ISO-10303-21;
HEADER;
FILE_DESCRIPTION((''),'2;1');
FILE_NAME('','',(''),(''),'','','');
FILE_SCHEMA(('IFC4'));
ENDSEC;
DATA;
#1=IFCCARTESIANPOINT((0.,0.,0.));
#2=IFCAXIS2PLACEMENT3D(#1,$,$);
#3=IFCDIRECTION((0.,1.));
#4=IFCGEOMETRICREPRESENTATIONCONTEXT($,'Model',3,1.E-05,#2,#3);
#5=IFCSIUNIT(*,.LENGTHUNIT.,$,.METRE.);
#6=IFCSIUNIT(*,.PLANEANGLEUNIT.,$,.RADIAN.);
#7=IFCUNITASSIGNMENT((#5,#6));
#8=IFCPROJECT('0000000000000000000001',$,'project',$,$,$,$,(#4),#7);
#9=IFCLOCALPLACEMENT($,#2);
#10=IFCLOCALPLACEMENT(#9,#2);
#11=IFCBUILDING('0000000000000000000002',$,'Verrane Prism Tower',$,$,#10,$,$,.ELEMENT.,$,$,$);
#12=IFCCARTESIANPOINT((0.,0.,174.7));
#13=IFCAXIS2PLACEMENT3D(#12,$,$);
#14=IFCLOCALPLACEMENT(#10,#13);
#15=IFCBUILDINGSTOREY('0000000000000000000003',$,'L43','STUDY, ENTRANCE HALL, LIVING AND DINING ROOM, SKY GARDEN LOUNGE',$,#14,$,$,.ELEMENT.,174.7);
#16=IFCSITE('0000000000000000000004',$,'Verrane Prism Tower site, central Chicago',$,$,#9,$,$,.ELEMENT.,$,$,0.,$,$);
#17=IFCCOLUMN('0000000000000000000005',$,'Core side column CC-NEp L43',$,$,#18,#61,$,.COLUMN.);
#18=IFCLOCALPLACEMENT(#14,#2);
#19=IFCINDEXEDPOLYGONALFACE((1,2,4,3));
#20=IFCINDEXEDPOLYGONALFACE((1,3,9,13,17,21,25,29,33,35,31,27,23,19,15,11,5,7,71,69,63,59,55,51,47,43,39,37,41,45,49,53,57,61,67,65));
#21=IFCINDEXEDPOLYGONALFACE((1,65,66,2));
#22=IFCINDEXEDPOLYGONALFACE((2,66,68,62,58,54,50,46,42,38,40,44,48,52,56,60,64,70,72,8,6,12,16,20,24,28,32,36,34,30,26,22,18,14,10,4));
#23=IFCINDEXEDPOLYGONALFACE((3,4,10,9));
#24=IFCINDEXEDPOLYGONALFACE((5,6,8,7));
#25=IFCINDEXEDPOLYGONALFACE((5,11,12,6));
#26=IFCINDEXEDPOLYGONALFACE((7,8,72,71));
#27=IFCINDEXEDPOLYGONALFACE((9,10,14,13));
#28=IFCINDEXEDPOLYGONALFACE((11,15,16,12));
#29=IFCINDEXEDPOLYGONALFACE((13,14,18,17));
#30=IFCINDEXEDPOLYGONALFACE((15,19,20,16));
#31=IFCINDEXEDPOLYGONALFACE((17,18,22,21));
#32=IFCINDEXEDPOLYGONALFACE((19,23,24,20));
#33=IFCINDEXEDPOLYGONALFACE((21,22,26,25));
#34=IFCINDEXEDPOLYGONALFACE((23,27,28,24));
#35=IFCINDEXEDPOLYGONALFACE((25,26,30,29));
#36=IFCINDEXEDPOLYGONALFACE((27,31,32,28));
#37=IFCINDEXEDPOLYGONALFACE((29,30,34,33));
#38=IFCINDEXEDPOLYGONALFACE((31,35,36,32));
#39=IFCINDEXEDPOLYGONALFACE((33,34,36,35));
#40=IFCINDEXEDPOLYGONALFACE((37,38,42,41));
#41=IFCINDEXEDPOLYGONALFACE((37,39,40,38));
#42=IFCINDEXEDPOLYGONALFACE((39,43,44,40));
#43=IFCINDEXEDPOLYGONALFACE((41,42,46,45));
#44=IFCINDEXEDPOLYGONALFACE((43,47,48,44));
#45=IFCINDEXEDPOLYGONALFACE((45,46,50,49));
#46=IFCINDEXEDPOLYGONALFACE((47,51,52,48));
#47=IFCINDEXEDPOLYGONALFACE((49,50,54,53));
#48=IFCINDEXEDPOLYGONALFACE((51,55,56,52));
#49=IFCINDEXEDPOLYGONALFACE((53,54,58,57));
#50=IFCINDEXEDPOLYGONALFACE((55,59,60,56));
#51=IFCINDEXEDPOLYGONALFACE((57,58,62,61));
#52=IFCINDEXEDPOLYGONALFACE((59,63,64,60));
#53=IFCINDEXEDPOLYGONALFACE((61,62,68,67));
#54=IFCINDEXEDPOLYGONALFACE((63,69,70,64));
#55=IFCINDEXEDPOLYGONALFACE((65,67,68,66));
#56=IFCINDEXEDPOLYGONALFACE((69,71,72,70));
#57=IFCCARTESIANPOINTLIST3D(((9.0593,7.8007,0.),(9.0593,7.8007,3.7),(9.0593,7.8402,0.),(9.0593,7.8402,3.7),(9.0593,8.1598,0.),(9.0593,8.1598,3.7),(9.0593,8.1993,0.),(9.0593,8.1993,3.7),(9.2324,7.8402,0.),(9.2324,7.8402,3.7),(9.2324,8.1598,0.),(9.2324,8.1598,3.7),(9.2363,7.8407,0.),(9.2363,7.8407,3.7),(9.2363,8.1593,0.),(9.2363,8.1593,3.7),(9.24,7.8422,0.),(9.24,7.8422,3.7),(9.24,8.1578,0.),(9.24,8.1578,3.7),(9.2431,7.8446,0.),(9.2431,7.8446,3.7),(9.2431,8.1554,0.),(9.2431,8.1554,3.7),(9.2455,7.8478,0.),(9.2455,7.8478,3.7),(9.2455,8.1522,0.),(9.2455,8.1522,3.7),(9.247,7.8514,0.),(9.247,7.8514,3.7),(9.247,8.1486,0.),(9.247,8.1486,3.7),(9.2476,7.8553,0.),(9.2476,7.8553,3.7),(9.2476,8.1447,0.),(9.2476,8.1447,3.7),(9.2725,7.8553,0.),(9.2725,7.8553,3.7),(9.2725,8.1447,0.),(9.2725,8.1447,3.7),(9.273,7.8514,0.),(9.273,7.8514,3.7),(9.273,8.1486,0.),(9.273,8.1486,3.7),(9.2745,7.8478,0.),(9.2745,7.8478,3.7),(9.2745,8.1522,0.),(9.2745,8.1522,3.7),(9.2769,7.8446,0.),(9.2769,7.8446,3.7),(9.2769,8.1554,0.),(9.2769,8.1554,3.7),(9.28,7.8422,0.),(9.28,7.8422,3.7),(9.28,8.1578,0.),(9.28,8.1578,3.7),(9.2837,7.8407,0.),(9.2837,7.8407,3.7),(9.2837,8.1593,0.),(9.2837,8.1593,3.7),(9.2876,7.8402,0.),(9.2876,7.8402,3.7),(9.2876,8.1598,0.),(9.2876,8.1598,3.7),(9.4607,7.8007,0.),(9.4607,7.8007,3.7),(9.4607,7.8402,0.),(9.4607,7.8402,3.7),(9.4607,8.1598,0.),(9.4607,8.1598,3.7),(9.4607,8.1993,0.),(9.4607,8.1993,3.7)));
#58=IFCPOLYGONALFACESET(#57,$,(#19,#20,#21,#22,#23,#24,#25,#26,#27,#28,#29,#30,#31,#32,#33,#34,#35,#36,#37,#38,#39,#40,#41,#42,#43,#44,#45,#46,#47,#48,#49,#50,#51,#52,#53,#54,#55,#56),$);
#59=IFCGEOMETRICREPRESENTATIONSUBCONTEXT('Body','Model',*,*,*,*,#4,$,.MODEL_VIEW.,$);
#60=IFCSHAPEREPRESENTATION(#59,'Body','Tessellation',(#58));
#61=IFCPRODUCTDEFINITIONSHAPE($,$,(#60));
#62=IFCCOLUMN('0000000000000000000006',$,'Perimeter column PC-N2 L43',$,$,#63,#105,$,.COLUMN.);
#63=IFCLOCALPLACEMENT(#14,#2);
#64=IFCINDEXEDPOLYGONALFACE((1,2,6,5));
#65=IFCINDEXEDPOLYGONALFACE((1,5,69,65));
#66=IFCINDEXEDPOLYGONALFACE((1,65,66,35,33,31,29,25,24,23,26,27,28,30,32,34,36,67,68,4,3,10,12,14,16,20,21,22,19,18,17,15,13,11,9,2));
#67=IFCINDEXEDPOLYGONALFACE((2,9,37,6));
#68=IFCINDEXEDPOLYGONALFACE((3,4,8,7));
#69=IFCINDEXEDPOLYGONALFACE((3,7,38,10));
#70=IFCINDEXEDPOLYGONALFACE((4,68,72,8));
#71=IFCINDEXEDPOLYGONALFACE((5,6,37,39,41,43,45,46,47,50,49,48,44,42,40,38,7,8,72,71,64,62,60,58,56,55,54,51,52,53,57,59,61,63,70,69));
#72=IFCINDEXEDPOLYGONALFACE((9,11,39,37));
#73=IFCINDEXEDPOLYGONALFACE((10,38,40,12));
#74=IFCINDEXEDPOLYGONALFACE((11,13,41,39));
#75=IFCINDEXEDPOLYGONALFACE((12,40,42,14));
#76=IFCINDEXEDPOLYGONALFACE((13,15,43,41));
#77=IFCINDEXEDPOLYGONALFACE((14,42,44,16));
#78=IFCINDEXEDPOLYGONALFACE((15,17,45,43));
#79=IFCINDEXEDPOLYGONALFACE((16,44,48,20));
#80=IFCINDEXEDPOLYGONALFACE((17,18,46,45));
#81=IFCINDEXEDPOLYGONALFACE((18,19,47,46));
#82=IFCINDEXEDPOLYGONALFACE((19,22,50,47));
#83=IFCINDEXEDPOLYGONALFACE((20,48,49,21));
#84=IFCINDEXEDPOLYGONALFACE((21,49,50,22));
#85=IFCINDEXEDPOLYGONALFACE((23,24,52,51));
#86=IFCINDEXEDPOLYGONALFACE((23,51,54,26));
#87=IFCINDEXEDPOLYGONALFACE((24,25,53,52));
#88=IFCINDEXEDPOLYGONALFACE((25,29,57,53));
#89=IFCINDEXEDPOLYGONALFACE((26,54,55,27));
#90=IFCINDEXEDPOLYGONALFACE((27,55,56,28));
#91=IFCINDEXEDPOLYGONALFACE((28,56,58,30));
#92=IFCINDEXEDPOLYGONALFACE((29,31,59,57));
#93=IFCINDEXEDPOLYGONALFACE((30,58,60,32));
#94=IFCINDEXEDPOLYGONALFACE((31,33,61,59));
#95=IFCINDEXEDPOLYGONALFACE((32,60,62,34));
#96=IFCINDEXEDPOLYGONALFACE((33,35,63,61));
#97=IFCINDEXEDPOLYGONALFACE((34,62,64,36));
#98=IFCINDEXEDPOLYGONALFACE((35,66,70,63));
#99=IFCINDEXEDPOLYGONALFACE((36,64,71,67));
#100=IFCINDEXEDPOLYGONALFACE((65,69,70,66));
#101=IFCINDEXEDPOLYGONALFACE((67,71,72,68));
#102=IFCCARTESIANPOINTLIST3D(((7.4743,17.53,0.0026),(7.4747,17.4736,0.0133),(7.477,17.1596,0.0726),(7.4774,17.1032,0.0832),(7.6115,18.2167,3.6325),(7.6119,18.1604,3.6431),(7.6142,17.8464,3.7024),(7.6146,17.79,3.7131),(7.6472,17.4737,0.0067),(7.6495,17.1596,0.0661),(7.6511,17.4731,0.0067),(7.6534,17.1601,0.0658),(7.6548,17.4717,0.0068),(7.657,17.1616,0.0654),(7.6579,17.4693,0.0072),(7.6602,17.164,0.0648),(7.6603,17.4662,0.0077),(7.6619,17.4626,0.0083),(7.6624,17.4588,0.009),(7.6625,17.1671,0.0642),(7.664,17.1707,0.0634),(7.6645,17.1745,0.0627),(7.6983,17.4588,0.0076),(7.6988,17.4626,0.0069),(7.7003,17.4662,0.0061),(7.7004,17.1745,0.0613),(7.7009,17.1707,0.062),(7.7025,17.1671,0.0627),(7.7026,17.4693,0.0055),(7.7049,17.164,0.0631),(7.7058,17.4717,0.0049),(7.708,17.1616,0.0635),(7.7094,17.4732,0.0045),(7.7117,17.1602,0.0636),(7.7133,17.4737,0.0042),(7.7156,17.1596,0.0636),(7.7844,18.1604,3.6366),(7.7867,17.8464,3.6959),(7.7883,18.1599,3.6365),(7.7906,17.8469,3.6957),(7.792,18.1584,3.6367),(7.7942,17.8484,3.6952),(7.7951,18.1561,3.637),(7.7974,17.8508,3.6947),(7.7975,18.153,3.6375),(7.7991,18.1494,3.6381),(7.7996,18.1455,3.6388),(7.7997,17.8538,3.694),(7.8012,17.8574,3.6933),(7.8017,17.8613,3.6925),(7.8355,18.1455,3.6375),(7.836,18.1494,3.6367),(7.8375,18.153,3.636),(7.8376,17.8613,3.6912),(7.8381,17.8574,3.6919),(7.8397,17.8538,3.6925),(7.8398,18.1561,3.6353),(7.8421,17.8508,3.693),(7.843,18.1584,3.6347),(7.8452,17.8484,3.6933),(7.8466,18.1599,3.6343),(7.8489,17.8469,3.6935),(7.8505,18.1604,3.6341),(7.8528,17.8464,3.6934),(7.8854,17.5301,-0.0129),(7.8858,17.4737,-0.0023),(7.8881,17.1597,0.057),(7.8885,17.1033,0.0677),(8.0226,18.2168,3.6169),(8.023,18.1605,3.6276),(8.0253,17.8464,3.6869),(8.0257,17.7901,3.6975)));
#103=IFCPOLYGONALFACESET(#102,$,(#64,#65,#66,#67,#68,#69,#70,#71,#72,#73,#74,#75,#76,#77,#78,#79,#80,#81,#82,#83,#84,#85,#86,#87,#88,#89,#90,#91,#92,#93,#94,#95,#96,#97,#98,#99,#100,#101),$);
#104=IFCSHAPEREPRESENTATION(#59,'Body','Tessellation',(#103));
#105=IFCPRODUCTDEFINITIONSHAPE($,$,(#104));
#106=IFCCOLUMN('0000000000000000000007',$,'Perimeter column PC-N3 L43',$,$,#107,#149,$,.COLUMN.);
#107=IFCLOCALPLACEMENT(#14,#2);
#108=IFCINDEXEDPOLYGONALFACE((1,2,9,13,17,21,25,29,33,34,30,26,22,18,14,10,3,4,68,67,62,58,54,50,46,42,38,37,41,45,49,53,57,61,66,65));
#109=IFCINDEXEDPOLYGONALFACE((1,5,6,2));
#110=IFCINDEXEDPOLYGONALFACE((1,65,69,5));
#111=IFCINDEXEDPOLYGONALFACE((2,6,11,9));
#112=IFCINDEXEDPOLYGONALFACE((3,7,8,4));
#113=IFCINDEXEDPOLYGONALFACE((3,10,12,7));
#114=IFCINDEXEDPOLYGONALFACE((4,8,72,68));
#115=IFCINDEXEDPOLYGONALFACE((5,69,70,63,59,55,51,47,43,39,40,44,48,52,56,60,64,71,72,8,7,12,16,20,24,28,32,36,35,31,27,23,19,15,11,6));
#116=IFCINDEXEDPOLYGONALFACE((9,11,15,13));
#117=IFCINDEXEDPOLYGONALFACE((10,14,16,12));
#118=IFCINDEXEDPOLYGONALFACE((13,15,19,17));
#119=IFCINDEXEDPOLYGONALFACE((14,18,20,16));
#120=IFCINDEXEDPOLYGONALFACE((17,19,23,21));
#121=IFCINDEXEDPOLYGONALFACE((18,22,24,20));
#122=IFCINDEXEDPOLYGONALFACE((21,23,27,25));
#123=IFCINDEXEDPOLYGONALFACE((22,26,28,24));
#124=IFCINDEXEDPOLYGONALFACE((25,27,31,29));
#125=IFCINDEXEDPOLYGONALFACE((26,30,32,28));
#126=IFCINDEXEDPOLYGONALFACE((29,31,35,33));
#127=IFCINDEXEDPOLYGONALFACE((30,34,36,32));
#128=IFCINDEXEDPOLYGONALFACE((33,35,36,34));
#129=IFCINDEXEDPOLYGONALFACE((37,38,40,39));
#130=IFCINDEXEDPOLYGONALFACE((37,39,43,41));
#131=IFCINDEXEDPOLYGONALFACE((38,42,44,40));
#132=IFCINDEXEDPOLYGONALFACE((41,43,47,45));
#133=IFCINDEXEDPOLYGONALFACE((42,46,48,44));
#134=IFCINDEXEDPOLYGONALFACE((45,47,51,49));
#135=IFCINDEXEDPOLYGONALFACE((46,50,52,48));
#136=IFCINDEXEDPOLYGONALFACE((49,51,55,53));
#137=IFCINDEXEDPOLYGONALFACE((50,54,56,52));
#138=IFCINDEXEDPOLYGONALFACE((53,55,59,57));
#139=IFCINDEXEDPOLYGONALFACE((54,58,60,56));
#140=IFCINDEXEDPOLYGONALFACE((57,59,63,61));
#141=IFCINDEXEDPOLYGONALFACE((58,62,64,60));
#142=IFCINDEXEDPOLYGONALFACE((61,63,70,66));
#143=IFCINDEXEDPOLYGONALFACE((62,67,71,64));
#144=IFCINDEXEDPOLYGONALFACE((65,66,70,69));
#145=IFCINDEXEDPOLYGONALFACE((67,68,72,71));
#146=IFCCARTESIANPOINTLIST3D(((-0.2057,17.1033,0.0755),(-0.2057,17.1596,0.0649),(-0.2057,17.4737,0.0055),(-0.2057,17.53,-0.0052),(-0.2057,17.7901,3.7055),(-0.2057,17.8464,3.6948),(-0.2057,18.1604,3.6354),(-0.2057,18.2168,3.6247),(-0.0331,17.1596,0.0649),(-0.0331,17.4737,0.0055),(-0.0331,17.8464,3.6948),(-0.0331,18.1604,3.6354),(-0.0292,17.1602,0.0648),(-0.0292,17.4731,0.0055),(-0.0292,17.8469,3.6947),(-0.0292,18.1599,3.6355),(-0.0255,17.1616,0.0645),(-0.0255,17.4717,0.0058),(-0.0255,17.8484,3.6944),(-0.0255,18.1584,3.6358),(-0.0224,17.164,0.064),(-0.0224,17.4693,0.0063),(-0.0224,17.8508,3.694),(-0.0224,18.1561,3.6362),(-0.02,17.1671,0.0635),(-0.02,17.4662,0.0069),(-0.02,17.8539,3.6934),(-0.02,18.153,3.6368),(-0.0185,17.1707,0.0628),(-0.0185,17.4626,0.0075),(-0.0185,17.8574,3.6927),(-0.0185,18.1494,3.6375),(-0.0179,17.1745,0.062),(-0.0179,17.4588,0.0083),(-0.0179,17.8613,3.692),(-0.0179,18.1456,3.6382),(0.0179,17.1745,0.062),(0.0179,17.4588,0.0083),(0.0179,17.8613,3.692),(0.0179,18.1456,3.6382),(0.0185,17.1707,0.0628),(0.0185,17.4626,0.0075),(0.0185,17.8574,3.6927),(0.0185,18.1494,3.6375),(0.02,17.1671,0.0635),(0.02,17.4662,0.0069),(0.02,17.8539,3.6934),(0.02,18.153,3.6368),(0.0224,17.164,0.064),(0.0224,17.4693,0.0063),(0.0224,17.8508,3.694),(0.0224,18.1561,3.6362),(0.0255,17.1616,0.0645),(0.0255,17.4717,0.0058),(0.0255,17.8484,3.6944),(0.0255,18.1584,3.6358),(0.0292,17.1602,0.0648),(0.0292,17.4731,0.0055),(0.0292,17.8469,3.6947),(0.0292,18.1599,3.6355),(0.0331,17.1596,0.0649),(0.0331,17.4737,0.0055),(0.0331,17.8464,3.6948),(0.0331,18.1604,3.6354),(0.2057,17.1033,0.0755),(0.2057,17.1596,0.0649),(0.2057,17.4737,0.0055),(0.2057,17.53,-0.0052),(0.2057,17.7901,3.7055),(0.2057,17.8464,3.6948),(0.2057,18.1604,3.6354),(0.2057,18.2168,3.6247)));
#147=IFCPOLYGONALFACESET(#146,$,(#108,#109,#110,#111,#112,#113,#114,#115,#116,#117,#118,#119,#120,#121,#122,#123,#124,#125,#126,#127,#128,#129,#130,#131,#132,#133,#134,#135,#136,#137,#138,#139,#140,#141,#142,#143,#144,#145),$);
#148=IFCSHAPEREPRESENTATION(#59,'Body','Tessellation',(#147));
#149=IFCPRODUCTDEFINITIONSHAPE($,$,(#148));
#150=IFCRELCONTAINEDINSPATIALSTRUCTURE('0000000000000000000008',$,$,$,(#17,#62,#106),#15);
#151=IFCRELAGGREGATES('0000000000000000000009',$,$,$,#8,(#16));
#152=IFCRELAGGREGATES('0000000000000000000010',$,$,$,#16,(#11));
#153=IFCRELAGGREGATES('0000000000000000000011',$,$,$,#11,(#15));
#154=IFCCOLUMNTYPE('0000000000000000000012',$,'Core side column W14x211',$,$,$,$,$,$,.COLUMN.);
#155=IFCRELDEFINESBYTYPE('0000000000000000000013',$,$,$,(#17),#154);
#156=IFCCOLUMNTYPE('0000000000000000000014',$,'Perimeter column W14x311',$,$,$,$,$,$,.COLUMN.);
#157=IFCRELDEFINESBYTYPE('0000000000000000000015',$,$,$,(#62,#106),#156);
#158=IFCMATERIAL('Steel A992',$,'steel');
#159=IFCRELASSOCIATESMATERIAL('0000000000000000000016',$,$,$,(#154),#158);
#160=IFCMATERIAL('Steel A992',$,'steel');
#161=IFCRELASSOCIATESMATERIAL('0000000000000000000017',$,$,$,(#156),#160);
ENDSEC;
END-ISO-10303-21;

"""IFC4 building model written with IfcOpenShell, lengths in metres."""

from ifc_helpers import new_model, si_unit, direction, frame, origin, origin_2d, place, context, subcontext, project, spatial, i_section, extrude, material, material_profile, profile_set, type_object, element, save


model = new_model("IFC4")

# Units and contexts
model_context = context("Model", 3, precision=1e-05, world=origin(), true_north=direction((0.0, 1.0)))
body_context = subcontext(model_context, "Body", "Model", "MODEL_VIEW")
ifc_project = project(units=[si_unit("LENGTHUNIT", "METRE"), si_unit("PLANEANGLEUNIT", "RADIAN")], contexts=[model_context])

# Site, building, storey
site_placement = place(None, origin())
site = spatial("IfcSite", under=ifc_project, at=site_placement, Name="Verrane Prism Tower site, central Chicago", CompositionType="ELEMENT", RefElevation=0.0)
building_placement = place(site_placement, origin())
building = spatial("IfcBuilding", under=site, at=building_placement, Name="Verrane Prism Tower", CompositionType="ELEMENT")
storey_placement = place(building_placement, frame((0.0, 0.0, 174.7)))
storey = spatial("IfcBuildingStorey", under=building, at=storey_placement, Name="L43", Description="STUDY, ENTRANCE HALL, LIVING AND DINING ROOM, SKY GARDEN LOUNGE", CompositionType="ELEMENT", Elevation=174.7)

# Columns
ifc_material_1 = material(Name="Steel A992", Category="steel")
ifc_material_profile_1 = material_profile(ifc_material_1, i_section(OverallWidth=0.4014, OverallDepth=0.3987, WebThickness=0.0249, FlangeThickness=0.0396, FilletRadius=0.0151, at=origin_2d()), Name="W14x211")
ifc_profile_set_1 = profile_set([ifc_material_profile_1], Name="Steel A992")
column_type_1 = type_object("IfcColumnType", Name="Core side column W14x211", PredefinedType="COLUMN", material=ifc_profile_set_1)
column_1_placement = place(storey_placement, frame((9.26, 8.0, 0.0), z_axis=(0.0, 0.0, 1.0), x_axis=(1.0, 0.0, 0.0)))
element("IfcColumn", 1, at=column_1_placement, inside=storey, type_object=column_type_1, Name="Core side column CC-NEp L43", PredefinedType="COLUMN", context=body_context, shape_type="SweptSolid", body=[
    extrude(i_section(OverallWidth=0.4014, OverallDepth=0.3987, WebThickness=0.0249, FlangeThickness=0.0396, FilletRadius=0.0151, at=origin_2d()), origin(), (0.0, 0.0, 1.0), 3.7),
])
ifc_material_2 = material(Name="Steel A992", Category="steel")
ifc_material_profile_2 = material_profile(ifc_material_2, i_section(OverallWidth=0.4114, OverallDepth=0.4343, WebThickness=0.0359, FlangeThickness=0.0574, FilletRadius=0.0151, at=origin_2d()), Name="W14x311")
ifc_profile_set_2 = profile_set([ifc_material_profile_2], Name="Steel A992")
column_type_2 = type_object("IfcColumnType", Name="Perimeter column W14x311", PredefinedType="COLUMN", material=ifc_profile_set_2)
column_2_placement = place(storey_placement, frame((7.6814, 17.3167, 0.0352), z_axis=(0.037115, 0.185772, 0.981892), x_axis=(0.999285, 0.000205, -0.037811)))
element("IfcColumn", 2, at=column_2_placement, inside=storey, type_object=column_type_2, Name="Perimeter column PC-N2 L43", PredefinedType="COLUMN", context=body_context, shape_type="SweptSolid", body=[
    extrude(i_section(OverallWidth=0.4114, OverallDepth=0.4343, WebThickness=0.0359, FlangeThickness=0.0574, FilletRadius=0.0151, at=origin_2d()), origin(), (0.0, 0.0, 1.0), 3.6968),
])
column_3_placement = place(storey_placement, frame((0.0, 17.3167, 0.0352), z_axis=(0.0, 0.1859, 0.982569), x_axis=(1.0, 0.0, 0.0)))
element("IfcColumn", 3, at=column_3_placement, inside=storey, type_object=column_type_2, Name="Perimeter column PC-N3 L43", PredefinedType="COLUMN", context=body_context, shape_type="SweptSolid", body=[
    extrude(i_section(OverallWidth=0.4114, OverallDepth=0.4343, WebThickness=0.0359, FlangeThickness=0.0574, FilletRadius=0.0151, at=origin_2d()), origin(), (0.0, 0.0, 1.0), 3.6943),
])

save(model, "model.ifc")
